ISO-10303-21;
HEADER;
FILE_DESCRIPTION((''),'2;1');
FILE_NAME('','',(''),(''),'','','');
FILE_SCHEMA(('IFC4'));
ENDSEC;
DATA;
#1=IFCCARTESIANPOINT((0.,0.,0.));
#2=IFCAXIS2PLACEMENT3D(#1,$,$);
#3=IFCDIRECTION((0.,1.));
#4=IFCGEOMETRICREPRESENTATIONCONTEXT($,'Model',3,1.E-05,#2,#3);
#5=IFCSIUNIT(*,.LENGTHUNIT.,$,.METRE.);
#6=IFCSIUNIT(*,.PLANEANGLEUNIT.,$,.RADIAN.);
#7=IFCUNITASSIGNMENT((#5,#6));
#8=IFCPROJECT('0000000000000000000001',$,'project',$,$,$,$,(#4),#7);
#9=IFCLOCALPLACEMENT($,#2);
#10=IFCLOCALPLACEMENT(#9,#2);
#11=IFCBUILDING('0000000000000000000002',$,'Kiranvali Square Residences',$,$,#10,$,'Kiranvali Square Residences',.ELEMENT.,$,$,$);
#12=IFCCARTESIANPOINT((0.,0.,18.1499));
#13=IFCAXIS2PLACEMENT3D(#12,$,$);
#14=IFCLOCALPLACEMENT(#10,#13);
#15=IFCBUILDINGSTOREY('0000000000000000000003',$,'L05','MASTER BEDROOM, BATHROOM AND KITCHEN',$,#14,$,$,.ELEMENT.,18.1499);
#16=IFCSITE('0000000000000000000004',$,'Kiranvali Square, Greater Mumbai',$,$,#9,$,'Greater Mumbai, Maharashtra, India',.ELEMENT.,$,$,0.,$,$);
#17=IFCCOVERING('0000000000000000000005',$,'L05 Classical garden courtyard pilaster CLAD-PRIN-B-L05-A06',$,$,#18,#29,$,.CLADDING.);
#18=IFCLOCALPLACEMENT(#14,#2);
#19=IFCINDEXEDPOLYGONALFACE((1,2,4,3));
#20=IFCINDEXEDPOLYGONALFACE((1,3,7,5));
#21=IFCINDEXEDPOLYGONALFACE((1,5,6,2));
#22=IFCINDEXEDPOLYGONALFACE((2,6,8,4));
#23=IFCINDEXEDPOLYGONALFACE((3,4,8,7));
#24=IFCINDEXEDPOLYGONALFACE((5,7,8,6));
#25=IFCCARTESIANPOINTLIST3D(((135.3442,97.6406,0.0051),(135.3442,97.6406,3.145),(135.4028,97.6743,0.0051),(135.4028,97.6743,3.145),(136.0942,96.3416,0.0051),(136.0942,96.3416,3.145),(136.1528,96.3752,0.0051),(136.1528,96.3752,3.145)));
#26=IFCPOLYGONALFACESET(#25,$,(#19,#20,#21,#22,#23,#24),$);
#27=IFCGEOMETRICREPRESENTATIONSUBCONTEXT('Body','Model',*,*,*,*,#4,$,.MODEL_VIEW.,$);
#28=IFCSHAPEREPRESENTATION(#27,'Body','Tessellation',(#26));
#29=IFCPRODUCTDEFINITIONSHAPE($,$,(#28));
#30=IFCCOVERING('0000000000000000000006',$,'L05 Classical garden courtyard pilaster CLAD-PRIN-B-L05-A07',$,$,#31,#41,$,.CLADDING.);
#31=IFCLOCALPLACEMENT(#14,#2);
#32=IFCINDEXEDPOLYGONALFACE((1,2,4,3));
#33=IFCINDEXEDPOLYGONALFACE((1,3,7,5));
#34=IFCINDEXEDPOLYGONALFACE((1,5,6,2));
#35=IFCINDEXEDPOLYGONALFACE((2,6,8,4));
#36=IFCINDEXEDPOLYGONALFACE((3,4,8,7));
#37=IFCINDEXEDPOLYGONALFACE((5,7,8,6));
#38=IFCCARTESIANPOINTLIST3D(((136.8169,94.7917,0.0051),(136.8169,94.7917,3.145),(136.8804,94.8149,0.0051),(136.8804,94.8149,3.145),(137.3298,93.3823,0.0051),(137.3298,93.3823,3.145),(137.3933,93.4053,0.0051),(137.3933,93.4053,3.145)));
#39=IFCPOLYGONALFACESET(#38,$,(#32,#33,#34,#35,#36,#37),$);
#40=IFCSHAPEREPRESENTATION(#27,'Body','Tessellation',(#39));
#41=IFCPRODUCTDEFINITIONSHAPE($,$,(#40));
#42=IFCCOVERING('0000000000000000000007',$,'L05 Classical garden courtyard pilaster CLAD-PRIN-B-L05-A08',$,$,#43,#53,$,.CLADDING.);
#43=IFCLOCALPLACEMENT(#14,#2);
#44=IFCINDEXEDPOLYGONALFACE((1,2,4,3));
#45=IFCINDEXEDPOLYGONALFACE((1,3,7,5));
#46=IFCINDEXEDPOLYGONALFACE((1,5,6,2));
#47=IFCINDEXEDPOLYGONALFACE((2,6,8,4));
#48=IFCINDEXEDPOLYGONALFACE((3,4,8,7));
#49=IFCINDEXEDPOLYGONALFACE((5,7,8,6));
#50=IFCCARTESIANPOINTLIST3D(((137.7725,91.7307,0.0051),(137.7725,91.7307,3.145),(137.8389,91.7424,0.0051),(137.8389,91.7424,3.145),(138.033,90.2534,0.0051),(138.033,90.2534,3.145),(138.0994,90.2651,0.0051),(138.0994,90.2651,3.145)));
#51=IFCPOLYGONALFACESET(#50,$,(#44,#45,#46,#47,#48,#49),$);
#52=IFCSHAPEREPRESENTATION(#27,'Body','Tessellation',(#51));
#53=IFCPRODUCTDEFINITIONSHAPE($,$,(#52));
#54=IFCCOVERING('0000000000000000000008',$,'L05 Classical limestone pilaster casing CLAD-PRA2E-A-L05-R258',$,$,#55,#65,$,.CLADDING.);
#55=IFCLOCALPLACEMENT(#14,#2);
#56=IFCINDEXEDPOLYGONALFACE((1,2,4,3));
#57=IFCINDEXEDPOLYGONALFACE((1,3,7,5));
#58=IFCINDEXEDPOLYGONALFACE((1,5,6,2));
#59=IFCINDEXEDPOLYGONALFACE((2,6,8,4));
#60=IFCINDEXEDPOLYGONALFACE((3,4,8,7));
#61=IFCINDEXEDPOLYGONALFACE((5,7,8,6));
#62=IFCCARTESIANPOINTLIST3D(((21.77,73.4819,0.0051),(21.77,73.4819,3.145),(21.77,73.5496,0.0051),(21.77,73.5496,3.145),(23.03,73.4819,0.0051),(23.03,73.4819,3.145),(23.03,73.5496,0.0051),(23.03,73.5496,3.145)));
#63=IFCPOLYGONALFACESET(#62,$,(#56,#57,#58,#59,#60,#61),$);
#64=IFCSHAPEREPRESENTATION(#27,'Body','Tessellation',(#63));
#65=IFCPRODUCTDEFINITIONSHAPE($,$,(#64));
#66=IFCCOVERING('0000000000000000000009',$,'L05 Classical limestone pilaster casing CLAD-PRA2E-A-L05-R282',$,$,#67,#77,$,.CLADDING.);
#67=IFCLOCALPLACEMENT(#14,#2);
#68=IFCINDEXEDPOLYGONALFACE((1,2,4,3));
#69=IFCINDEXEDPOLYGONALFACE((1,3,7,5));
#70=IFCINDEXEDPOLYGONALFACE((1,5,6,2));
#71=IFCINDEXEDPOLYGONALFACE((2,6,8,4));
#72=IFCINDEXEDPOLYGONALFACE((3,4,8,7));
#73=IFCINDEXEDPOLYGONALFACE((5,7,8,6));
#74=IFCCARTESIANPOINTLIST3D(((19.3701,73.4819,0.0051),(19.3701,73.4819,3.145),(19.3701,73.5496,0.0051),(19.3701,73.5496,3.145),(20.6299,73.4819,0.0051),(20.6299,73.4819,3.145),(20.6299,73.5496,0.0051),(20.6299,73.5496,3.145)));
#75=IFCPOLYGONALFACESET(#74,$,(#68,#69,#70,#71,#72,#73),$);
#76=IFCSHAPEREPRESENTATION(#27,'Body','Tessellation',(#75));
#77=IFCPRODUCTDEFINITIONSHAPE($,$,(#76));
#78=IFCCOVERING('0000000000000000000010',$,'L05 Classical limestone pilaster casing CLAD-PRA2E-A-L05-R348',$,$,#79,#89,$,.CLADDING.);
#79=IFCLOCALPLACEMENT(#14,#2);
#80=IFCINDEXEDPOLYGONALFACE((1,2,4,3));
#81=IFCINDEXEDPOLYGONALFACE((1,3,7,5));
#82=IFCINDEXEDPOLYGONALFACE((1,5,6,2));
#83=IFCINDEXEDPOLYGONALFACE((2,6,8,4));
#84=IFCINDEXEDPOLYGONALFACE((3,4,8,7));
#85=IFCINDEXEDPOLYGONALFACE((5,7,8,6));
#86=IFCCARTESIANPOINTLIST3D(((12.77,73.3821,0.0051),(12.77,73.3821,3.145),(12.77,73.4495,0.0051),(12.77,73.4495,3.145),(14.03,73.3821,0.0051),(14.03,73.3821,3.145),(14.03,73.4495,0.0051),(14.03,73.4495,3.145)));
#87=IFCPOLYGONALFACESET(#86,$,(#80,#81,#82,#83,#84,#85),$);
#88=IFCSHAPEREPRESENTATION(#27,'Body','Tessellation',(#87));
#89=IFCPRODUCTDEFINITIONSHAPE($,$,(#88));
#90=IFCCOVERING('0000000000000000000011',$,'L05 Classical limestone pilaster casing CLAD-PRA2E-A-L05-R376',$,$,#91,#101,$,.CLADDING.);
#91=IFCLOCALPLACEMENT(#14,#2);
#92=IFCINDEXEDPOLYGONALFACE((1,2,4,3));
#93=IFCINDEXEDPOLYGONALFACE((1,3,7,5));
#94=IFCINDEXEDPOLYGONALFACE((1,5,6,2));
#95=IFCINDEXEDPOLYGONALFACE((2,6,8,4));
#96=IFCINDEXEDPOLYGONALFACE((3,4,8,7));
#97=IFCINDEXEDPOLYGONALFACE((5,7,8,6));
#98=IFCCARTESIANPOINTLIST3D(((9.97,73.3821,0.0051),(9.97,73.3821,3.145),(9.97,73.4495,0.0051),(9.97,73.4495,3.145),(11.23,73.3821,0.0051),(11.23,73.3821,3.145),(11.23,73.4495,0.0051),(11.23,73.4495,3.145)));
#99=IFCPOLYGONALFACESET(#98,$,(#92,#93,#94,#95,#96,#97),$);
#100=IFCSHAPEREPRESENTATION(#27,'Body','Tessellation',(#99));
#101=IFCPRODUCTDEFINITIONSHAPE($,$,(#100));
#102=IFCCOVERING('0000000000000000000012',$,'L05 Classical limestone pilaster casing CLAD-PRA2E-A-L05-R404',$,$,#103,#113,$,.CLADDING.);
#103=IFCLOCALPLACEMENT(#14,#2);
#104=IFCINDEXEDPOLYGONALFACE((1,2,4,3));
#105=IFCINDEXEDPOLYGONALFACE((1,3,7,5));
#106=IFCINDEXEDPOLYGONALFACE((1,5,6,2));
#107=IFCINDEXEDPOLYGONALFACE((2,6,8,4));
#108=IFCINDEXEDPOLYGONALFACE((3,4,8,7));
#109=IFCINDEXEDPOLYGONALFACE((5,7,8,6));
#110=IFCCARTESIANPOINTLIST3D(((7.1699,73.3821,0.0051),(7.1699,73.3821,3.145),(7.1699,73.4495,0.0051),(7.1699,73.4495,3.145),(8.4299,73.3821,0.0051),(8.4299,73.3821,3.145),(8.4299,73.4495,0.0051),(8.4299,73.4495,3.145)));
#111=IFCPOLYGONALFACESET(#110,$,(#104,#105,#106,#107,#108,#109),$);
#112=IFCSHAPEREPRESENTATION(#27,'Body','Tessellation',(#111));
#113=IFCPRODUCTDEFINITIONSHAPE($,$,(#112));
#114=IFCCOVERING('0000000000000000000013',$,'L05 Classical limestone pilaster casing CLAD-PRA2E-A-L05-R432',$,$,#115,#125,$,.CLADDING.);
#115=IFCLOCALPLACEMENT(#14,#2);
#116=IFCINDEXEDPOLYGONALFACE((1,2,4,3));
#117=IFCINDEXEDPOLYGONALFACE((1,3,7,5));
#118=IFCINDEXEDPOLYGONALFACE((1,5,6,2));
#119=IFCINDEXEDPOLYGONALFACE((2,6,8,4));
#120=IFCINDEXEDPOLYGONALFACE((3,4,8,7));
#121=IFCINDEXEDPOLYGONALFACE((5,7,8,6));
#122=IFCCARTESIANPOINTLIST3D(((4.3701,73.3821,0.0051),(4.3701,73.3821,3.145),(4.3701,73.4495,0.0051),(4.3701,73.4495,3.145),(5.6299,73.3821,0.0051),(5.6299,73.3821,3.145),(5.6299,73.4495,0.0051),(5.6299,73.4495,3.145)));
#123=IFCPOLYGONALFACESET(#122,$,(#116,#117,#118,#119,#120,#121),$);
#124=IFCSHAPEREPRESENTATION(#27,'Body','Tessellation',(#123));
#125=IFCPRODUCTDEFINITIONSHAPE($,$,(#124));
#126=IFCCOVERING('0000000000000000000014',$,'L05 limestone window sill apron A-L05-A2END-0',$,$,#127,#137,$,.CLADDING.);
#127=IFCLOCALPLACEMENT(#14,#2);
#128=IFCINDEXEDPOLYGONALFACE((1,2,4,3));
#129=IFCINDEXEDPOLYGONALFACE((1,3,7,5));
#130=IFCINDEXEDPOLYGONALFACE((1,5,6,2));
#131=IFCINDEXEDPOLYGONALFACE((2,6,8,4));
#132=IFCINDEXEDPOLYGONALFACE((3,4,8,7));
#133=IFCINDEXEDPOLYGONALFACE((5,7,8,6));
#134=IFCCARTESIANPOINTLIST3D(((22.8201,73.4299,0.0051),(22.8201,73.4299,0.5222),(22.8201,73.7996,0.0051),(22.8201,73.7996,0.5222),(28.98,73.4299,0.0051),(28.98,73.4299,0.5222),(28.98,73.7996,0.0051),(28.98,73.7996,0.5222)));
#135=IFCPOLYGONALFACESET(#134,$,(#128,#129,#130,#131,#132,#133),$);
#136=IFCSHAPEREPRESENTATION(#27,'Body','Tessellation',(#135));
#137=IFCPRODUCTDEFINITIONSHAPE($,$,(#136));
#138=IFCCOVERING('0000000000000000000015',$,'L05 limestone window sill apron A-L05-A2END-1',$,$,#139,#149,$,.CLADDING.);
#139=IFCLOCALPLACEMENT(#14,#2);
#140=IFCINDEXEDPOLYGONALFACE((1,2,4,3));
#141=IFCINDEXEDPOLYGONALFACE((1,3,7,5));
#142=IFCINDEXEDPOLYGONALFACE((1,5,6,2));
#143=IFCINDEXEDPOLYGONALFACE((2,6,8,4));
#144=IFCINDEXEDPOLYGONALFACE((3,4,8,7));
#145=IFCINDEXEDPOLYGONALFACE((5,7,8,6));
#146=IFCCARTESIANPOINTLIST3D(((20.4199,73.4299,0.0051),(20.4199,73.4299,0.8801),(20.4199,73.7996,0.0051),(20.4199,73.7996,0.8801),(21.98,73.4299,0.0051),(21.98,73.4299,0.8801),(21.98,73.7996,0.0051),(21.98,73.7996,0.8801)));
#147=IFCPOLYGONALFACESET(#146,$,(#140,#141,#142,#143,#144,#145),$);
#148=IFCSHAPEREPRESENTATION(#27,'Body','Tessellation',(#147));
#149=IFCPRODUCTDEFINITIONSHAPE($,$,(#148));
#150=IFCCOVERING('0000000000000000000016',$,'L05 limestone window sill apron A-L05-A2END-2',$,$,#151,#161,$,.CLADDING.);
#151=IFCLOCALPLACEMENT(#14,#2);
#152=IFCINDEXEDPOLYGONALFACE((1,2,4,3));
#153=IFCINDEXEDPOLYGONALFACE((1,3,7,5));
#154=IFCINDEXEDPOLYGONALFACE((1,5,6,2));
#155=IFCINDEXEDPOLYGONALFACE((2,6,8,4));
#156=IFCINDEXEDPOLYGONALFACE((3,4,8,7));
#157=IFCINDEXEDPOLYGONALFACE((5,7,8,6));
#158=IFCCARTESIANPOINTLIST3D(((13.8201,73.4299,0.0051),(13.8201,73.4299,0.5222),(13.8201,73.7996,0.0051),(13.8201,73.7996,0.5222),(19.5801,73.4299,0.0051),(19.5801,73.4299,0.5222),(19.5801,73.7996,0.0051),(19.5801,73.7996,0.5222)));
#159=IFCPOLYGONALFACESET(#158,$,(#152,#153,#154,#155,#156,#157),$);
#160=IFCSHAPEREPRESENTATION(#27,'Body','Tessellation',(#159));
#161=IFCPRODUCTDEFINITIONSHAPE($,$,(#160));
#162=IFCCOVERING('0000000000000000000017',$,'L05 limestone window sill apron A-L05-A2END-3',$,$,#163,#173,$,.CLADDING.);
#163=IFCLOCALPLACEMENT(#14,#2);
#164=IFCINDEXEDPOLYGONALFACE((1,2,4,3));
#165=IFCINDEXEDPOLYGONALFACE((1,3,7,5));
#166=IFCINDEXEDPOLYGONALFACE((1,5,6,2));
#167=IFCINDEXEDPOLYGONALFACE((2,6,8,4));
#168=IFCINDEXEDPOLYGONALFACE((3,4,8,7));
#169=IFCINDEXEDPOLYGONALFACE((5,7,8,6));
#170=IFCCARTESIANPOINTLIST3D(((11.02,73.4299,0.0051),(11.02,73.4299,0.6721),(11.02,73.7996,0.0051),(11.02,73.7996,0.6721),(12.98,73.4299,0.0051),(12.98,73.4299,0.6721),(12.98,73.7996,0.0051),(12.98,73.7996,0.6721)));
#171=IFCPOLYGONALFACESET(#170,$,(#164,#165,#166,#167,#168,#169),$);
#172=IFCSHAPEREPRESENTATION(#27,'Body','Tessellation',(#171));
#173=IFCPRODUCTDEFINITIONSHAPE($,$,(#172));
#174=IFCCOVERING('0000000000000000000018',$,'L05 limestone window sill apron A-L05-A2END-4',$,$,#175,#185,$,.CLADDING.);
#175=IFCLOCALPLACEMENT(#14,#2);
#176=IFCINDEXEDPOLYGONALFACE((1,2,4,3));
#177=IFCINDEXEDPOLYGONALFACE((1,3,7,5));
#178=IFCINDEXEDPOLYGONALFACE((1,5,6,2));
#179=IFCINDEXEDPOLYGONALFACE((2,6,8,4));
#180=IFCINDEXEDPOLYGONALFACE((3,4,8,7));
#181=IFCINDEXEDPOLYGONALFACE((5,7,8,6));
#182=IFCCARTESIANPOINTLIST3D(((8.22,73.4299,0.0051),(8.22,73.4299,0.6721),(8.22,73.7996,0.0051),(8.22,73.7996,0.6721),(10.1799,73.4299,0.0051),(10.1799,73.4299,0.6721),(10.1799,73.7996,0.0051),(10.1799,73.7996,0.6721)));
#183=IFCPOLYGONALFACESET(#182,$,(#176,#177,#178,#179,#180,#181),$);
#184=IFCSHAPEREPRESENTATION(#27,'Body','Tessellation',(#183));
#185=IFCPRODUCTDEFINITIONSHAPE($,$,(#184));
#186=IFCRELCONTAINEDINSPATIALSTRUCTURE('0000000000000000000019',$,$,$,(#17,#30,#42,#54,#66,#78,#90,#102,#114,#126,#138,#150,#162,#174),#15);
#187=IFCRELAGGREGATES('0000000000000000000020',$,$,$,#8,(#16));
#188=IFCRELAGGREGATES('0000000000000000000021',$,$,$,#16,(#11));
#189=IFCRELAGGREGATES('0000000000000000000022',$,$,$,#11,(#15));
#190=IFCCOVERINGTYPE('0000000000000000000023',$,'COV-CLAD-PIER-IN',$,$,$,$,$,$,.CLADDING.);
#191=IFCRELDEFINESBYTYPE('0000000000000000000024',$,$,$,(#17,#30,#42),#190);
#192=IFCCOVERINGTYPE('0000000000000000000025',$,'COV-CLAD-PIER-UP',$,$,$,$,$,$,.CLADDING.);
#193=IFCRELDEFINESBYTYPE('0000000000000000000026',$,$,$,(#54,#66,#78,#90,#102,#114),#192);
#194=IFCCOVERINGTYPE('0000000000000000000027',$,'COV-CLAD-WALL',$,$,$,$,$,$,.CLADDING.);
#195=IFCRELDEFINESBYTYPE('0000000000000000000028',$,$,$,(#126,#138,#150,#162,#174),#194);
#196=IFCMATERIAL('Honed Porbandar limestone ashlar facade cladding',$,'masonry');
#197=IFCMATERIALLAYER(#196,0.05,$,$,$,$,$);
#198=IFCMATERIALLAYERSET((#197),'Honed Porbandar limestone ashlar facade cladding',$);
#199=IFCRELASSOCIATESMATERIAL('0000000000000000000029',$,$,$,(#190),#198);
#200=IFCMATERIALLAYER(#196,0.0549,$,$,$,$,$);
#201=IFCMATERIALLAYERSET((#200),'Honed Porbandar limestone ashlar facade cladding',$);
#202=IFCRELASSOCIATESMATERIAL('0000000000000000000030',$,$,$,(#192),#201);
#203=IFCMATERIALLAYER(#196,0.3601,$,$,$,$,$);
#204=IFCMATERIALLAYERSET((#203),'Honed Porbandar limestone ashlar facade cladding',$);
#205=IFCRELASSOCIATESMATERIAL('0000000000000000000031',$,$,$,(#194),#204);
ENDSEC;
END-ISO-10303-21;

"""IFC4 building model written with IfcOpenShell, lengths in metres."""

from ifc_helpers import new_model, si_unit, direction, frame, origin, place, context, subcontext, project, spatial, polyline, outline, extrude, material, layer, layer_set, type_object, element, save


model = new_model("IFC4")

# Units and contexts
model_context = context("Model", 3, precision=1e-05, world=origin(), true_north=direction((0.0, 1.0)))
body_context = subcontext(model_context, "Body", "Model", "MODEL_VIEW")
ifc_project = project(units=[si_unit("LENGTHUNIT", "METRE"), si_unit("PLANEANGLEUNIT", "RADIAN")], contexts=[model_context])

# Site, building, storey
site_placement = place(None, origin())
site = spatial("IfcSite", under=ifc_project, at=site_placement, Name="Kiranvali Square, Greater Mumbai", LongName="Greater Mumbai, Maharashtra, India", CompositionType="ELEMENT", RefElevation=0.0)
building_placement = place(site_placement, origin())
building = spatial("IfcBuilding", under=site, at=building_placement, Name="Kiranvali Square Residences", LongName="Kiranvali Square Residences", CompositionType="ELEMENT")
storey_placement = place(building_placement, frame((0.0, 0.0, 18.1499)))
storey = spatial("IfcBuildingStorey", under=building, at=storey_placement, Name="L05", Description="MASTER BEDROOM, BATHROOM AND KITCHEN", CompositionType="ELEMENT", Elevation=18.1499)

# Coverings
ifc_material = material(Name="Honed Porbandar limestone ashlar facade cladding", Category="masonry")
ifc_layer_1 = layer(ifc_material, 0.05)
ifc_layer_set_1 = layer_set([ifc_layer_1], Name="Honed Porbandar limestone ashlar facade cladding")
covering_type_1 = type_object("IfcCoveringType", Name="COV-CLAD-PIER-IN", PredefinedType="CLADDING", material=ifc_layer_set_1)
covering_1_placement = place(storey_placement, frame((0.0, 0.0, 0.0051)))
element("IfcCovering", 1, at=covering_1_placement, inside=storey, type_object=covering_type_1, Name="L05 Classical garden courtyard pilaster CLAD-PRIN-B-L05-A06", PredefinedType="CLADDING", context=body_context, shape_type="SweptSolid", body=[
    extrude(outline(polyline([(135.3442, 97.6406), (136.0942, 96.3416), (136.1528, 96.3752), (135.4028, 97.6743), (135.3442, 97.6406)])), origin(), (0.0, 0.0, 1.0), 3.1399),
])
covering_2_placement = place(storey_placement, frame((0.0, 0.0, 0.0051)))
element("IfcCovering", 2, at=covering_2_placement, inside=storey, type_object=covering_type_1, Name="L05 Classical garden courtyard pilaster CLAD-PRIN-B-L05-A07", PredefinedType="CLADDING", context=body_context, shape_type="SweptSolid", body=[
    extrude(outline(polyline([(136.8169, 94.7917), (137.3298, 93.3823), (137.3933, 93.4053), (136.8804, 94.8149), (136.8169, 94.7917)])), origin(), (0.0, 0.0, 1.0), 3.1399),
])
covering_3_placement = place(storey_placement, frame((0.0, 0.0, 0.0051)))
element("IfcCovering", 3, at=covering_3_placement, inside=storey, type_object=covering_type_1, Name="L05 Classical garden courtyard pilaster CLAD-PRIN-B-L05-A08", PredefinedType="CLADDING", context=body_context, shape_type="SweptSolid", body=[
    extrude(outline(polyline([(137.7725, 91.7307), (138.033, 90.2534), (138.0994, 90.2651), (137.8389, 91.7424), (137.7725, 91.7307)])), origin(), (0.0, 0.0, 1.0), 3.1399),
])
ifc_layer_2 = layer(ifc_material, 0.0549)
ifc_layer_set_2 = layer_set([ifc_layer_2], Name="Honed Porbandar limestone ashlar facade cladding")
covering_type_2 = type_object("IfcCoveringType", Name="COV-CLAD-PIER-UP", PredefinedType="CLADDING", material=ifc_layer_set_2)
covering_4_placement = place(storey_placement, frame((0.0, 0.0, 0.0051)))
element("IfcCovering", 4, at=covering_4_placement, inside=storey, type_object=covering_type_2, Name="L05 Classical limestone pilaster casing CLAD-PRA2E-A-L05-R258", PredefinedType="CLADDING", context=body_context, shape_type="SweptSolid", body=[
    extrude(outline(polyline([(23.03, 73.5496), (21.77, 73.5496), (21.77, 73.4819), (23.03, 73.4819), (23.03, 73.5496)])), origin(), (0.0, 0.0, 1.0), 3.1399),
])
covering_5_placement = place(storey_placement, frame((0.0, 0.0, 0.0051)))
element("IfcCovering", 5, at=covering_5_placement, inside=storey, type_object=covering_type_2, Name="L05 Classical limestone pilaster casing CLAD-PRA2E-A-L05-R282", PredefinedType="CLADDING", context=body_context, shape_type="SweptSolid", body=[
    extrude(outline(polyline([(20.6299, 73.5496), (19.3701, 73.5496), (19.3701, 73.4819), (20.6299, 73.4819), (20.6299, 73.5496)])), origin(), (0.0, 0.0, 1.0), 3.1399),
])
covering_6_placement = place(storey_placement, frame((0.0, 0.0, 0.0051)))
element("IfcCovering", 6, at=covering_6_placement, inside=storey, type_object=covering_type_2, Name="L05 Classical limestone pilaster casing CLAD-PRA2E-A-L05-R348", PredefinedType="CLADDING", context=body_context, shape_type="SweptSolid", body=[
    extrude(outline(polyline([(14.03, 73.4495), (12.77, 73.4495), (12.77, 73.3821), (14.03, 73.3821), (14.03, 73.4495)])), origin(), (0.0, 0.0, 1.0), 3.1399),
])
covering_7_placement = place(storey_placement, frame((0.0, 0.0, 0.0051)))
element("IfcCovering", 7, at=covering_7_placement, inside=storey, type_object=covering_type_2, Name="L05 Classical limestone pilaster casing CLAD-PRA2E-A-L05-R376", PredefinedType="CLADDING", context=body_context, shape_type="SweptSolid", body=[
    extrude(outline(polyline([(11.23, 73.4495), (9.97, 73.4495), (9.97, 73.3821), (11.23, 73.3821), (11.23, 73.4495)])), origin(), (0.0, 0.0, 1.0), 3.1399),
])
covering_8_placement = place(storey_placement, frame((0.0, 0.0, 0.0051)))
element("IfcCovering", 8, at=covering_8_placement, inside=storey, type_object=covering_type_2, Name="L05 Classical limestone pilaster casing CLAD-PRA2E-A-L05-R404", PredefinedType="CLADDING", context=body_context, shape_type="SweptSolid", body=[
    extrude(outline(polyline([(8.4299, 73.4495), (7.1699, 73.4495), (7.1699, 73.3821), (8.4299, 73.3821), (8.4299, 73.4495)])), origin(), (0.0, 0.0, 1.0), 3.1399),
])
covering_9_placement = place(storey_placement, frame((0.0, 0.0, 0.0051)))
element("IfcCovering", 9, at=covering_9_placement, inside=storey, type_object=covering_type_2, Name="L05 Classical limestone pilaster casing CLAD-PRA2E-A-L05-R432", PredefinedType="CLADDING", context=body_context, shape_type="SweptSolid", body=[
    extrude(outline(polyline([(5.6299, 73.4495), (4.3701, 73.4495), (4.3701, 73.3821), (5.6299, 73.3821), (5.6299, 73.4495)])), origin(), (0.0, 0.0, 1.0), 3.1399),
])
ifc_layer_3 = layer(ifc_material, 0.3601)
ifc_layer_set_3 = layer_set([ifc_layer_3], Name="Honed Porbandar limestone ashlar facade cladding")
covering_type_3 = type_object("IfcCoveringType", Name="COV-CLAD-WALL", PredefinedType="CLADDING", material=ifc_layer_set_3)
covering_10_placement = place(storey_placement, frame((0.0, 0.0, 0.0051)))
element("IfcCovering", 10, at=covering_10_placement, inside=storey, type_object=covering_type_3, Name="L05 limestone window sill apron A-L05-A2END-0", PredefinedType="CLADDING", context=body_context, shape_type="SweptSolid", body=[
    extrude(outline(polyline([(28.98, 73.7996), (22.8201, 73.7996), (22.8201, 73.4299), (28.98, 73.4299), (28.98, 73.7996)])), origin(), (0.0, 0.0, 1.0), 0.5171),
])
covering_11_placement = place(storey_placement, frame((0.0, 0.0, 0.0051)))
element("IfcCovering", 11, at=covering_11_placement, inside=storey, type_object=covering_type_3, Name="L05 limestone window sill apron A-L05-A2END-1", PredefinedType="CLADDING", context=body_context, shape_type="SweptSolid", body=[
    extrude(outline(polyline([(21.98, 73.7996), (20.4199, 73.7996), (20.4199, 73.4299), (21.98, 73.4299), (21.98, 73.7996)])), origin(), (0.0, 0.0, 1.0), 0.875),
])
covering_12_placement = place(storey_placement, frame((0.0, 0.0, 0.0051)))
element("IfcCovering", 12, at=covering_12_placement, inside=storey, type_object=covering_type_3, Name="L05 limestone window sill apron A-L05-A2END-2", PredefinedType="CLADDING", context=body_context, shape_type="SweptSolid", body=[
    extrude(outline(polyline([(19.5801, 73.7996), (13.8201, 73.7996), (13.8201, 73.4299), (19.5801, 73.4299), (19.5801, 73.7996)])), origin(), (0.0, 0.0, 1.0), 0.5171),
])
covering_13_placement = place(storey_placement, frame((0.0, 0.0, 0.0051)))
element("IfcCovering", 13, at=covering_13_placement, inside=storey, type_object=covering_type_3, Name="L05 limestone window sill apron A-L05-A2END-3", PredefinedType="CLADDING", context=body_context, shape_type="SweptSolid", body=[
    extrude(outline(polyline([(12.98, 73.7996), (11.02, 73.7996), (11.02, 73.4299), (12.98, 73.4299), (12.98, 73.7996)])), origin(), (0.0, 0.0, 1.0), 0.667),
])
covering_14_placement = place(storey_placement, frame((0.0, 0.0, 0.0051)))
element("IfcCovering", 14, at=covering_14_placement, inside=storey, type_object=covering_type_3, Name="L05 limestone window sill apron A-L05-A2END-4", PredefinedType="CLADDING", context=body_context, shape_type="SweptSolid", body=[
    extrude(outline(polyline([(10.1799, 73.7996), (8.22, 73.7996), (8.22, 73.4299), (10.1799, 73.4299), (10.1799, 73.7996)])), origin(), (0.0, 0.0, 1.0), 0.667),
])

save(model, "model.ifc")
